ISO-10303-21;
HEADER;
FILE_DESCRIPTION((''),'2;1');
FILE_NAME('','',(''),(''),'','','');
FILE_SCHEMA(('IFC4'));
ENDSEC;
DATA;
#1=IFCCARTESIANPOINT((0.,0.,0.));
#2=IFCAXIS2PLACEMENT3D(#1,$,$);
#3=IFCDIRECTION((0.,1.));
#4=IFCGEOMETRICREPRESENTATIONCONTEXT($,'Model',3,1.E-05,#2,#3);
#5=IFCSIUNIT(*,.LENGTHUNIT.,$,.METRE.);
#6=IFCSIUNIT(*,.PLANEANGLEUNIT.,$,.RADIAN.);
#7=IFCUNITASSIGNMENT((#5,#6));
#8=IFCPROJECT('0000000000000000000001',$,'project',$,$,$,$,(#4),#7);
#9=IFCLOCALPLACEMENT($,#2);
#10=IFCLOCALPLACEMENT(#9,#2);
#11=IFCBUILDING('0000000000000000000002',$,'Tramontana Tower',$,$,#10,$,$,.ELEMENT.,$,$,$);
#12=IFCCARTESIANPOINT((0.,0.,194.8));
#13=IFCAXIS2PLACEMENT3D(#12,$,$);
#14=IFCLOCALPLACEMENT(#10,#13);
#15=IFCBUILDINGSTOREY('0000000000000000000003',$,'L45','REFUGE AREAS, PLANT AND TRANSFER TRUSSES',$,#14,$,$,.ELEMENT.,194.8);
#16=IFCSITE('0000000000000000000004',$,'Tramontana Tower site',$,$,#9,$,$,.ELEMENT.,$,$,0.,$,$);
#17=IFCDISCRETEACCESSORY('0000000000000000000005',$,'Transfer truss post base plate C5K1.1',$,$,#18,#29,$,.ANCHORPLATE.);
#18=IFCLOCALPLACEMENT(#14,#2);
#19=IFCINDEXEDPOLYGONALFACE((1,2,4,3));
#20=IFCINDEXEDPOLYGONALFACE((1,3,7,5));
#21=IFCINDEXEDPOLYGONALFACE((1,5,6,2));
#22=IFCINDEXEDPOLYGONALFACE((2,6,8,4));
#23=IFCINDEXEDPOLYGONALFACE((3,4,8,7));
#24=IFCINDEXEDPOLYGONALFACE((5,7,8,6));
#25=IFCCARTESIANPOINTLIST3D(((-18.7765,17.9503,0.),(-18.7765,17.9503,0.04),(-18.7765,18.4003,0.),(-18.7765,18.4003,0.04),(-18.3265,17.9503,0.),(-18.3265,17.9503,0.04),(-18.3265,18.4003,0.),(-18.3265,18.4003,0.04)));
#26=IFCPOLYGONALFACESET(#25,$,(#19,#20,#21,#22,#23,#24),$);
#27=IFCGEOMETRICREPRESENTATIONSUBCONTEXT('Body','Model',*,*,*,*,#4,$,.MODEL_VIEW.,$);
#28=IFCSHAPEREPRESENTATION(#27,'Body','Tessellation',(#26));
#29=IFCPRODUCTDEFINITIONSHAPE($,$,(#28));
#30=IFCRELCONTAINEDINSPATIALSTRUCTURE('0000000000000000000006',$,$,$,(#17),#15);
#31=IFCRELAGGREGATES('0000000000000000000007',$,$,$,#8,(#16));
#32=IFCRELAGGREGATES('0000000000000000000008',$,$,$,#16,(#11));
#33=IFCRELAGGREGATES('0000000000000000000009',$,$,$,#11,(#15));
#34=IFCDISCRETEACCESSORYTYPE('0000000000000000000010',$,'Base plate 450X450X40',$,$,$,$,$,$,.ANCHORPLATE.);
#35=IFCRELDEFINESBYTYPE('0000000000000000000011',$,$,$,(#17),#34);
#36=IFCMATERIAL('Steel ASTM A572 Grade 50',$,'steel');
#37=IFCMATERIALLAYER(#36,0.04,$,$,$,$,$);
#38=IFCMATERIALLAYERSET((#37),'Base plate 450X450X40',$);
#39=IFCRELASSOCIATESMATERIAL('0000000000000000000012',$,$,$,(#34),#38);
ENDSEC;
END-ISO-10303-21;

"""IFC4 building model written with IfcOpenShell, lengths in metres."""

from ifc_helpers import new_model, si_unit, direction, frame, origin, origin_2d, place, context, subcontext, project, spatial, rectangle, extrude, material, layer, layer_set, type_object, element, save


model = new_model("IFC4")

# Units and contexts
model_context = context("Model", 3, precision=1e-05, world=origin(), true_north=direction((0.0, 1.0)))
body_context = subcontext(model_context, "Body", "Model", "MODEL_VIEW")
ifc_project = project(units=[si_unit("LENGTHUNIT", "METRE"), si_unit("PLANEANGLEUNIT", "RADIAN")], contexts=[model_context])

# Site, building, storey
site_placement = place(None, origin())
site = spatial("IfcSite", under=ifc_project, at=site_placement, Name="Tramontana Tower site", CompositionType="ELEMENT", RefElevation=0.0)
building_placement = place(site_placement, origin())
building = spatial("IfcBuilding", under=site, at=building_placement, Name="Tramontana Tower", CompositionType="ELEMENT")
storey_placement = place(building_placement, frame((0.0, 0.0, 194.8)))
storey = spatial("IfcBuildingStorey", under=building, at=storey_placement, Name="L45", Description="REFUGE AREAS, PLANT AND TRANSFER TRUSSES", CompositionType="ELEMENT", Elevation=194.8)

# Discrete accessory
ifc_material_1 = material(Name="Steel ASTM A572 Grade 50", Category="steel")
ifc_layer = layer(ifc_material_1, 0.04)
ifc_layer_set = layer_set([ifc_layer], Name="Base plate 450X450X40")
discrete_accessory_type = type_object("IfcDiscreteAccessoryType", Name="Base plate 450X450X40", PredefinedType="ANCHORPLATE", material=ifc_layer_set)
discrete_accessory_placement = place(storey_placement, frame((-18.5515, 18.1753, 0.0), z_axis=(0.0, 0.0, 1.0), x_axis=(1.0, 0.0, 0.0)))
element("IfcDiscreteAccessory", 1, at=discrete_accessory_placement, inside=storey, type_object=discrete_accessory_type, Name="Transfer truss post base plate C5K1.1", PredefinedType="ANCHORPLATE", context=body_context, shape_type="SweptSolid", body=[
    extrude(rectangle(XDim=0.45, YDim=0.45, at=origin_2d()), origin(), (0.0, 0.0, 1.0), 0.04),
])

save(model, "model.ifc")
